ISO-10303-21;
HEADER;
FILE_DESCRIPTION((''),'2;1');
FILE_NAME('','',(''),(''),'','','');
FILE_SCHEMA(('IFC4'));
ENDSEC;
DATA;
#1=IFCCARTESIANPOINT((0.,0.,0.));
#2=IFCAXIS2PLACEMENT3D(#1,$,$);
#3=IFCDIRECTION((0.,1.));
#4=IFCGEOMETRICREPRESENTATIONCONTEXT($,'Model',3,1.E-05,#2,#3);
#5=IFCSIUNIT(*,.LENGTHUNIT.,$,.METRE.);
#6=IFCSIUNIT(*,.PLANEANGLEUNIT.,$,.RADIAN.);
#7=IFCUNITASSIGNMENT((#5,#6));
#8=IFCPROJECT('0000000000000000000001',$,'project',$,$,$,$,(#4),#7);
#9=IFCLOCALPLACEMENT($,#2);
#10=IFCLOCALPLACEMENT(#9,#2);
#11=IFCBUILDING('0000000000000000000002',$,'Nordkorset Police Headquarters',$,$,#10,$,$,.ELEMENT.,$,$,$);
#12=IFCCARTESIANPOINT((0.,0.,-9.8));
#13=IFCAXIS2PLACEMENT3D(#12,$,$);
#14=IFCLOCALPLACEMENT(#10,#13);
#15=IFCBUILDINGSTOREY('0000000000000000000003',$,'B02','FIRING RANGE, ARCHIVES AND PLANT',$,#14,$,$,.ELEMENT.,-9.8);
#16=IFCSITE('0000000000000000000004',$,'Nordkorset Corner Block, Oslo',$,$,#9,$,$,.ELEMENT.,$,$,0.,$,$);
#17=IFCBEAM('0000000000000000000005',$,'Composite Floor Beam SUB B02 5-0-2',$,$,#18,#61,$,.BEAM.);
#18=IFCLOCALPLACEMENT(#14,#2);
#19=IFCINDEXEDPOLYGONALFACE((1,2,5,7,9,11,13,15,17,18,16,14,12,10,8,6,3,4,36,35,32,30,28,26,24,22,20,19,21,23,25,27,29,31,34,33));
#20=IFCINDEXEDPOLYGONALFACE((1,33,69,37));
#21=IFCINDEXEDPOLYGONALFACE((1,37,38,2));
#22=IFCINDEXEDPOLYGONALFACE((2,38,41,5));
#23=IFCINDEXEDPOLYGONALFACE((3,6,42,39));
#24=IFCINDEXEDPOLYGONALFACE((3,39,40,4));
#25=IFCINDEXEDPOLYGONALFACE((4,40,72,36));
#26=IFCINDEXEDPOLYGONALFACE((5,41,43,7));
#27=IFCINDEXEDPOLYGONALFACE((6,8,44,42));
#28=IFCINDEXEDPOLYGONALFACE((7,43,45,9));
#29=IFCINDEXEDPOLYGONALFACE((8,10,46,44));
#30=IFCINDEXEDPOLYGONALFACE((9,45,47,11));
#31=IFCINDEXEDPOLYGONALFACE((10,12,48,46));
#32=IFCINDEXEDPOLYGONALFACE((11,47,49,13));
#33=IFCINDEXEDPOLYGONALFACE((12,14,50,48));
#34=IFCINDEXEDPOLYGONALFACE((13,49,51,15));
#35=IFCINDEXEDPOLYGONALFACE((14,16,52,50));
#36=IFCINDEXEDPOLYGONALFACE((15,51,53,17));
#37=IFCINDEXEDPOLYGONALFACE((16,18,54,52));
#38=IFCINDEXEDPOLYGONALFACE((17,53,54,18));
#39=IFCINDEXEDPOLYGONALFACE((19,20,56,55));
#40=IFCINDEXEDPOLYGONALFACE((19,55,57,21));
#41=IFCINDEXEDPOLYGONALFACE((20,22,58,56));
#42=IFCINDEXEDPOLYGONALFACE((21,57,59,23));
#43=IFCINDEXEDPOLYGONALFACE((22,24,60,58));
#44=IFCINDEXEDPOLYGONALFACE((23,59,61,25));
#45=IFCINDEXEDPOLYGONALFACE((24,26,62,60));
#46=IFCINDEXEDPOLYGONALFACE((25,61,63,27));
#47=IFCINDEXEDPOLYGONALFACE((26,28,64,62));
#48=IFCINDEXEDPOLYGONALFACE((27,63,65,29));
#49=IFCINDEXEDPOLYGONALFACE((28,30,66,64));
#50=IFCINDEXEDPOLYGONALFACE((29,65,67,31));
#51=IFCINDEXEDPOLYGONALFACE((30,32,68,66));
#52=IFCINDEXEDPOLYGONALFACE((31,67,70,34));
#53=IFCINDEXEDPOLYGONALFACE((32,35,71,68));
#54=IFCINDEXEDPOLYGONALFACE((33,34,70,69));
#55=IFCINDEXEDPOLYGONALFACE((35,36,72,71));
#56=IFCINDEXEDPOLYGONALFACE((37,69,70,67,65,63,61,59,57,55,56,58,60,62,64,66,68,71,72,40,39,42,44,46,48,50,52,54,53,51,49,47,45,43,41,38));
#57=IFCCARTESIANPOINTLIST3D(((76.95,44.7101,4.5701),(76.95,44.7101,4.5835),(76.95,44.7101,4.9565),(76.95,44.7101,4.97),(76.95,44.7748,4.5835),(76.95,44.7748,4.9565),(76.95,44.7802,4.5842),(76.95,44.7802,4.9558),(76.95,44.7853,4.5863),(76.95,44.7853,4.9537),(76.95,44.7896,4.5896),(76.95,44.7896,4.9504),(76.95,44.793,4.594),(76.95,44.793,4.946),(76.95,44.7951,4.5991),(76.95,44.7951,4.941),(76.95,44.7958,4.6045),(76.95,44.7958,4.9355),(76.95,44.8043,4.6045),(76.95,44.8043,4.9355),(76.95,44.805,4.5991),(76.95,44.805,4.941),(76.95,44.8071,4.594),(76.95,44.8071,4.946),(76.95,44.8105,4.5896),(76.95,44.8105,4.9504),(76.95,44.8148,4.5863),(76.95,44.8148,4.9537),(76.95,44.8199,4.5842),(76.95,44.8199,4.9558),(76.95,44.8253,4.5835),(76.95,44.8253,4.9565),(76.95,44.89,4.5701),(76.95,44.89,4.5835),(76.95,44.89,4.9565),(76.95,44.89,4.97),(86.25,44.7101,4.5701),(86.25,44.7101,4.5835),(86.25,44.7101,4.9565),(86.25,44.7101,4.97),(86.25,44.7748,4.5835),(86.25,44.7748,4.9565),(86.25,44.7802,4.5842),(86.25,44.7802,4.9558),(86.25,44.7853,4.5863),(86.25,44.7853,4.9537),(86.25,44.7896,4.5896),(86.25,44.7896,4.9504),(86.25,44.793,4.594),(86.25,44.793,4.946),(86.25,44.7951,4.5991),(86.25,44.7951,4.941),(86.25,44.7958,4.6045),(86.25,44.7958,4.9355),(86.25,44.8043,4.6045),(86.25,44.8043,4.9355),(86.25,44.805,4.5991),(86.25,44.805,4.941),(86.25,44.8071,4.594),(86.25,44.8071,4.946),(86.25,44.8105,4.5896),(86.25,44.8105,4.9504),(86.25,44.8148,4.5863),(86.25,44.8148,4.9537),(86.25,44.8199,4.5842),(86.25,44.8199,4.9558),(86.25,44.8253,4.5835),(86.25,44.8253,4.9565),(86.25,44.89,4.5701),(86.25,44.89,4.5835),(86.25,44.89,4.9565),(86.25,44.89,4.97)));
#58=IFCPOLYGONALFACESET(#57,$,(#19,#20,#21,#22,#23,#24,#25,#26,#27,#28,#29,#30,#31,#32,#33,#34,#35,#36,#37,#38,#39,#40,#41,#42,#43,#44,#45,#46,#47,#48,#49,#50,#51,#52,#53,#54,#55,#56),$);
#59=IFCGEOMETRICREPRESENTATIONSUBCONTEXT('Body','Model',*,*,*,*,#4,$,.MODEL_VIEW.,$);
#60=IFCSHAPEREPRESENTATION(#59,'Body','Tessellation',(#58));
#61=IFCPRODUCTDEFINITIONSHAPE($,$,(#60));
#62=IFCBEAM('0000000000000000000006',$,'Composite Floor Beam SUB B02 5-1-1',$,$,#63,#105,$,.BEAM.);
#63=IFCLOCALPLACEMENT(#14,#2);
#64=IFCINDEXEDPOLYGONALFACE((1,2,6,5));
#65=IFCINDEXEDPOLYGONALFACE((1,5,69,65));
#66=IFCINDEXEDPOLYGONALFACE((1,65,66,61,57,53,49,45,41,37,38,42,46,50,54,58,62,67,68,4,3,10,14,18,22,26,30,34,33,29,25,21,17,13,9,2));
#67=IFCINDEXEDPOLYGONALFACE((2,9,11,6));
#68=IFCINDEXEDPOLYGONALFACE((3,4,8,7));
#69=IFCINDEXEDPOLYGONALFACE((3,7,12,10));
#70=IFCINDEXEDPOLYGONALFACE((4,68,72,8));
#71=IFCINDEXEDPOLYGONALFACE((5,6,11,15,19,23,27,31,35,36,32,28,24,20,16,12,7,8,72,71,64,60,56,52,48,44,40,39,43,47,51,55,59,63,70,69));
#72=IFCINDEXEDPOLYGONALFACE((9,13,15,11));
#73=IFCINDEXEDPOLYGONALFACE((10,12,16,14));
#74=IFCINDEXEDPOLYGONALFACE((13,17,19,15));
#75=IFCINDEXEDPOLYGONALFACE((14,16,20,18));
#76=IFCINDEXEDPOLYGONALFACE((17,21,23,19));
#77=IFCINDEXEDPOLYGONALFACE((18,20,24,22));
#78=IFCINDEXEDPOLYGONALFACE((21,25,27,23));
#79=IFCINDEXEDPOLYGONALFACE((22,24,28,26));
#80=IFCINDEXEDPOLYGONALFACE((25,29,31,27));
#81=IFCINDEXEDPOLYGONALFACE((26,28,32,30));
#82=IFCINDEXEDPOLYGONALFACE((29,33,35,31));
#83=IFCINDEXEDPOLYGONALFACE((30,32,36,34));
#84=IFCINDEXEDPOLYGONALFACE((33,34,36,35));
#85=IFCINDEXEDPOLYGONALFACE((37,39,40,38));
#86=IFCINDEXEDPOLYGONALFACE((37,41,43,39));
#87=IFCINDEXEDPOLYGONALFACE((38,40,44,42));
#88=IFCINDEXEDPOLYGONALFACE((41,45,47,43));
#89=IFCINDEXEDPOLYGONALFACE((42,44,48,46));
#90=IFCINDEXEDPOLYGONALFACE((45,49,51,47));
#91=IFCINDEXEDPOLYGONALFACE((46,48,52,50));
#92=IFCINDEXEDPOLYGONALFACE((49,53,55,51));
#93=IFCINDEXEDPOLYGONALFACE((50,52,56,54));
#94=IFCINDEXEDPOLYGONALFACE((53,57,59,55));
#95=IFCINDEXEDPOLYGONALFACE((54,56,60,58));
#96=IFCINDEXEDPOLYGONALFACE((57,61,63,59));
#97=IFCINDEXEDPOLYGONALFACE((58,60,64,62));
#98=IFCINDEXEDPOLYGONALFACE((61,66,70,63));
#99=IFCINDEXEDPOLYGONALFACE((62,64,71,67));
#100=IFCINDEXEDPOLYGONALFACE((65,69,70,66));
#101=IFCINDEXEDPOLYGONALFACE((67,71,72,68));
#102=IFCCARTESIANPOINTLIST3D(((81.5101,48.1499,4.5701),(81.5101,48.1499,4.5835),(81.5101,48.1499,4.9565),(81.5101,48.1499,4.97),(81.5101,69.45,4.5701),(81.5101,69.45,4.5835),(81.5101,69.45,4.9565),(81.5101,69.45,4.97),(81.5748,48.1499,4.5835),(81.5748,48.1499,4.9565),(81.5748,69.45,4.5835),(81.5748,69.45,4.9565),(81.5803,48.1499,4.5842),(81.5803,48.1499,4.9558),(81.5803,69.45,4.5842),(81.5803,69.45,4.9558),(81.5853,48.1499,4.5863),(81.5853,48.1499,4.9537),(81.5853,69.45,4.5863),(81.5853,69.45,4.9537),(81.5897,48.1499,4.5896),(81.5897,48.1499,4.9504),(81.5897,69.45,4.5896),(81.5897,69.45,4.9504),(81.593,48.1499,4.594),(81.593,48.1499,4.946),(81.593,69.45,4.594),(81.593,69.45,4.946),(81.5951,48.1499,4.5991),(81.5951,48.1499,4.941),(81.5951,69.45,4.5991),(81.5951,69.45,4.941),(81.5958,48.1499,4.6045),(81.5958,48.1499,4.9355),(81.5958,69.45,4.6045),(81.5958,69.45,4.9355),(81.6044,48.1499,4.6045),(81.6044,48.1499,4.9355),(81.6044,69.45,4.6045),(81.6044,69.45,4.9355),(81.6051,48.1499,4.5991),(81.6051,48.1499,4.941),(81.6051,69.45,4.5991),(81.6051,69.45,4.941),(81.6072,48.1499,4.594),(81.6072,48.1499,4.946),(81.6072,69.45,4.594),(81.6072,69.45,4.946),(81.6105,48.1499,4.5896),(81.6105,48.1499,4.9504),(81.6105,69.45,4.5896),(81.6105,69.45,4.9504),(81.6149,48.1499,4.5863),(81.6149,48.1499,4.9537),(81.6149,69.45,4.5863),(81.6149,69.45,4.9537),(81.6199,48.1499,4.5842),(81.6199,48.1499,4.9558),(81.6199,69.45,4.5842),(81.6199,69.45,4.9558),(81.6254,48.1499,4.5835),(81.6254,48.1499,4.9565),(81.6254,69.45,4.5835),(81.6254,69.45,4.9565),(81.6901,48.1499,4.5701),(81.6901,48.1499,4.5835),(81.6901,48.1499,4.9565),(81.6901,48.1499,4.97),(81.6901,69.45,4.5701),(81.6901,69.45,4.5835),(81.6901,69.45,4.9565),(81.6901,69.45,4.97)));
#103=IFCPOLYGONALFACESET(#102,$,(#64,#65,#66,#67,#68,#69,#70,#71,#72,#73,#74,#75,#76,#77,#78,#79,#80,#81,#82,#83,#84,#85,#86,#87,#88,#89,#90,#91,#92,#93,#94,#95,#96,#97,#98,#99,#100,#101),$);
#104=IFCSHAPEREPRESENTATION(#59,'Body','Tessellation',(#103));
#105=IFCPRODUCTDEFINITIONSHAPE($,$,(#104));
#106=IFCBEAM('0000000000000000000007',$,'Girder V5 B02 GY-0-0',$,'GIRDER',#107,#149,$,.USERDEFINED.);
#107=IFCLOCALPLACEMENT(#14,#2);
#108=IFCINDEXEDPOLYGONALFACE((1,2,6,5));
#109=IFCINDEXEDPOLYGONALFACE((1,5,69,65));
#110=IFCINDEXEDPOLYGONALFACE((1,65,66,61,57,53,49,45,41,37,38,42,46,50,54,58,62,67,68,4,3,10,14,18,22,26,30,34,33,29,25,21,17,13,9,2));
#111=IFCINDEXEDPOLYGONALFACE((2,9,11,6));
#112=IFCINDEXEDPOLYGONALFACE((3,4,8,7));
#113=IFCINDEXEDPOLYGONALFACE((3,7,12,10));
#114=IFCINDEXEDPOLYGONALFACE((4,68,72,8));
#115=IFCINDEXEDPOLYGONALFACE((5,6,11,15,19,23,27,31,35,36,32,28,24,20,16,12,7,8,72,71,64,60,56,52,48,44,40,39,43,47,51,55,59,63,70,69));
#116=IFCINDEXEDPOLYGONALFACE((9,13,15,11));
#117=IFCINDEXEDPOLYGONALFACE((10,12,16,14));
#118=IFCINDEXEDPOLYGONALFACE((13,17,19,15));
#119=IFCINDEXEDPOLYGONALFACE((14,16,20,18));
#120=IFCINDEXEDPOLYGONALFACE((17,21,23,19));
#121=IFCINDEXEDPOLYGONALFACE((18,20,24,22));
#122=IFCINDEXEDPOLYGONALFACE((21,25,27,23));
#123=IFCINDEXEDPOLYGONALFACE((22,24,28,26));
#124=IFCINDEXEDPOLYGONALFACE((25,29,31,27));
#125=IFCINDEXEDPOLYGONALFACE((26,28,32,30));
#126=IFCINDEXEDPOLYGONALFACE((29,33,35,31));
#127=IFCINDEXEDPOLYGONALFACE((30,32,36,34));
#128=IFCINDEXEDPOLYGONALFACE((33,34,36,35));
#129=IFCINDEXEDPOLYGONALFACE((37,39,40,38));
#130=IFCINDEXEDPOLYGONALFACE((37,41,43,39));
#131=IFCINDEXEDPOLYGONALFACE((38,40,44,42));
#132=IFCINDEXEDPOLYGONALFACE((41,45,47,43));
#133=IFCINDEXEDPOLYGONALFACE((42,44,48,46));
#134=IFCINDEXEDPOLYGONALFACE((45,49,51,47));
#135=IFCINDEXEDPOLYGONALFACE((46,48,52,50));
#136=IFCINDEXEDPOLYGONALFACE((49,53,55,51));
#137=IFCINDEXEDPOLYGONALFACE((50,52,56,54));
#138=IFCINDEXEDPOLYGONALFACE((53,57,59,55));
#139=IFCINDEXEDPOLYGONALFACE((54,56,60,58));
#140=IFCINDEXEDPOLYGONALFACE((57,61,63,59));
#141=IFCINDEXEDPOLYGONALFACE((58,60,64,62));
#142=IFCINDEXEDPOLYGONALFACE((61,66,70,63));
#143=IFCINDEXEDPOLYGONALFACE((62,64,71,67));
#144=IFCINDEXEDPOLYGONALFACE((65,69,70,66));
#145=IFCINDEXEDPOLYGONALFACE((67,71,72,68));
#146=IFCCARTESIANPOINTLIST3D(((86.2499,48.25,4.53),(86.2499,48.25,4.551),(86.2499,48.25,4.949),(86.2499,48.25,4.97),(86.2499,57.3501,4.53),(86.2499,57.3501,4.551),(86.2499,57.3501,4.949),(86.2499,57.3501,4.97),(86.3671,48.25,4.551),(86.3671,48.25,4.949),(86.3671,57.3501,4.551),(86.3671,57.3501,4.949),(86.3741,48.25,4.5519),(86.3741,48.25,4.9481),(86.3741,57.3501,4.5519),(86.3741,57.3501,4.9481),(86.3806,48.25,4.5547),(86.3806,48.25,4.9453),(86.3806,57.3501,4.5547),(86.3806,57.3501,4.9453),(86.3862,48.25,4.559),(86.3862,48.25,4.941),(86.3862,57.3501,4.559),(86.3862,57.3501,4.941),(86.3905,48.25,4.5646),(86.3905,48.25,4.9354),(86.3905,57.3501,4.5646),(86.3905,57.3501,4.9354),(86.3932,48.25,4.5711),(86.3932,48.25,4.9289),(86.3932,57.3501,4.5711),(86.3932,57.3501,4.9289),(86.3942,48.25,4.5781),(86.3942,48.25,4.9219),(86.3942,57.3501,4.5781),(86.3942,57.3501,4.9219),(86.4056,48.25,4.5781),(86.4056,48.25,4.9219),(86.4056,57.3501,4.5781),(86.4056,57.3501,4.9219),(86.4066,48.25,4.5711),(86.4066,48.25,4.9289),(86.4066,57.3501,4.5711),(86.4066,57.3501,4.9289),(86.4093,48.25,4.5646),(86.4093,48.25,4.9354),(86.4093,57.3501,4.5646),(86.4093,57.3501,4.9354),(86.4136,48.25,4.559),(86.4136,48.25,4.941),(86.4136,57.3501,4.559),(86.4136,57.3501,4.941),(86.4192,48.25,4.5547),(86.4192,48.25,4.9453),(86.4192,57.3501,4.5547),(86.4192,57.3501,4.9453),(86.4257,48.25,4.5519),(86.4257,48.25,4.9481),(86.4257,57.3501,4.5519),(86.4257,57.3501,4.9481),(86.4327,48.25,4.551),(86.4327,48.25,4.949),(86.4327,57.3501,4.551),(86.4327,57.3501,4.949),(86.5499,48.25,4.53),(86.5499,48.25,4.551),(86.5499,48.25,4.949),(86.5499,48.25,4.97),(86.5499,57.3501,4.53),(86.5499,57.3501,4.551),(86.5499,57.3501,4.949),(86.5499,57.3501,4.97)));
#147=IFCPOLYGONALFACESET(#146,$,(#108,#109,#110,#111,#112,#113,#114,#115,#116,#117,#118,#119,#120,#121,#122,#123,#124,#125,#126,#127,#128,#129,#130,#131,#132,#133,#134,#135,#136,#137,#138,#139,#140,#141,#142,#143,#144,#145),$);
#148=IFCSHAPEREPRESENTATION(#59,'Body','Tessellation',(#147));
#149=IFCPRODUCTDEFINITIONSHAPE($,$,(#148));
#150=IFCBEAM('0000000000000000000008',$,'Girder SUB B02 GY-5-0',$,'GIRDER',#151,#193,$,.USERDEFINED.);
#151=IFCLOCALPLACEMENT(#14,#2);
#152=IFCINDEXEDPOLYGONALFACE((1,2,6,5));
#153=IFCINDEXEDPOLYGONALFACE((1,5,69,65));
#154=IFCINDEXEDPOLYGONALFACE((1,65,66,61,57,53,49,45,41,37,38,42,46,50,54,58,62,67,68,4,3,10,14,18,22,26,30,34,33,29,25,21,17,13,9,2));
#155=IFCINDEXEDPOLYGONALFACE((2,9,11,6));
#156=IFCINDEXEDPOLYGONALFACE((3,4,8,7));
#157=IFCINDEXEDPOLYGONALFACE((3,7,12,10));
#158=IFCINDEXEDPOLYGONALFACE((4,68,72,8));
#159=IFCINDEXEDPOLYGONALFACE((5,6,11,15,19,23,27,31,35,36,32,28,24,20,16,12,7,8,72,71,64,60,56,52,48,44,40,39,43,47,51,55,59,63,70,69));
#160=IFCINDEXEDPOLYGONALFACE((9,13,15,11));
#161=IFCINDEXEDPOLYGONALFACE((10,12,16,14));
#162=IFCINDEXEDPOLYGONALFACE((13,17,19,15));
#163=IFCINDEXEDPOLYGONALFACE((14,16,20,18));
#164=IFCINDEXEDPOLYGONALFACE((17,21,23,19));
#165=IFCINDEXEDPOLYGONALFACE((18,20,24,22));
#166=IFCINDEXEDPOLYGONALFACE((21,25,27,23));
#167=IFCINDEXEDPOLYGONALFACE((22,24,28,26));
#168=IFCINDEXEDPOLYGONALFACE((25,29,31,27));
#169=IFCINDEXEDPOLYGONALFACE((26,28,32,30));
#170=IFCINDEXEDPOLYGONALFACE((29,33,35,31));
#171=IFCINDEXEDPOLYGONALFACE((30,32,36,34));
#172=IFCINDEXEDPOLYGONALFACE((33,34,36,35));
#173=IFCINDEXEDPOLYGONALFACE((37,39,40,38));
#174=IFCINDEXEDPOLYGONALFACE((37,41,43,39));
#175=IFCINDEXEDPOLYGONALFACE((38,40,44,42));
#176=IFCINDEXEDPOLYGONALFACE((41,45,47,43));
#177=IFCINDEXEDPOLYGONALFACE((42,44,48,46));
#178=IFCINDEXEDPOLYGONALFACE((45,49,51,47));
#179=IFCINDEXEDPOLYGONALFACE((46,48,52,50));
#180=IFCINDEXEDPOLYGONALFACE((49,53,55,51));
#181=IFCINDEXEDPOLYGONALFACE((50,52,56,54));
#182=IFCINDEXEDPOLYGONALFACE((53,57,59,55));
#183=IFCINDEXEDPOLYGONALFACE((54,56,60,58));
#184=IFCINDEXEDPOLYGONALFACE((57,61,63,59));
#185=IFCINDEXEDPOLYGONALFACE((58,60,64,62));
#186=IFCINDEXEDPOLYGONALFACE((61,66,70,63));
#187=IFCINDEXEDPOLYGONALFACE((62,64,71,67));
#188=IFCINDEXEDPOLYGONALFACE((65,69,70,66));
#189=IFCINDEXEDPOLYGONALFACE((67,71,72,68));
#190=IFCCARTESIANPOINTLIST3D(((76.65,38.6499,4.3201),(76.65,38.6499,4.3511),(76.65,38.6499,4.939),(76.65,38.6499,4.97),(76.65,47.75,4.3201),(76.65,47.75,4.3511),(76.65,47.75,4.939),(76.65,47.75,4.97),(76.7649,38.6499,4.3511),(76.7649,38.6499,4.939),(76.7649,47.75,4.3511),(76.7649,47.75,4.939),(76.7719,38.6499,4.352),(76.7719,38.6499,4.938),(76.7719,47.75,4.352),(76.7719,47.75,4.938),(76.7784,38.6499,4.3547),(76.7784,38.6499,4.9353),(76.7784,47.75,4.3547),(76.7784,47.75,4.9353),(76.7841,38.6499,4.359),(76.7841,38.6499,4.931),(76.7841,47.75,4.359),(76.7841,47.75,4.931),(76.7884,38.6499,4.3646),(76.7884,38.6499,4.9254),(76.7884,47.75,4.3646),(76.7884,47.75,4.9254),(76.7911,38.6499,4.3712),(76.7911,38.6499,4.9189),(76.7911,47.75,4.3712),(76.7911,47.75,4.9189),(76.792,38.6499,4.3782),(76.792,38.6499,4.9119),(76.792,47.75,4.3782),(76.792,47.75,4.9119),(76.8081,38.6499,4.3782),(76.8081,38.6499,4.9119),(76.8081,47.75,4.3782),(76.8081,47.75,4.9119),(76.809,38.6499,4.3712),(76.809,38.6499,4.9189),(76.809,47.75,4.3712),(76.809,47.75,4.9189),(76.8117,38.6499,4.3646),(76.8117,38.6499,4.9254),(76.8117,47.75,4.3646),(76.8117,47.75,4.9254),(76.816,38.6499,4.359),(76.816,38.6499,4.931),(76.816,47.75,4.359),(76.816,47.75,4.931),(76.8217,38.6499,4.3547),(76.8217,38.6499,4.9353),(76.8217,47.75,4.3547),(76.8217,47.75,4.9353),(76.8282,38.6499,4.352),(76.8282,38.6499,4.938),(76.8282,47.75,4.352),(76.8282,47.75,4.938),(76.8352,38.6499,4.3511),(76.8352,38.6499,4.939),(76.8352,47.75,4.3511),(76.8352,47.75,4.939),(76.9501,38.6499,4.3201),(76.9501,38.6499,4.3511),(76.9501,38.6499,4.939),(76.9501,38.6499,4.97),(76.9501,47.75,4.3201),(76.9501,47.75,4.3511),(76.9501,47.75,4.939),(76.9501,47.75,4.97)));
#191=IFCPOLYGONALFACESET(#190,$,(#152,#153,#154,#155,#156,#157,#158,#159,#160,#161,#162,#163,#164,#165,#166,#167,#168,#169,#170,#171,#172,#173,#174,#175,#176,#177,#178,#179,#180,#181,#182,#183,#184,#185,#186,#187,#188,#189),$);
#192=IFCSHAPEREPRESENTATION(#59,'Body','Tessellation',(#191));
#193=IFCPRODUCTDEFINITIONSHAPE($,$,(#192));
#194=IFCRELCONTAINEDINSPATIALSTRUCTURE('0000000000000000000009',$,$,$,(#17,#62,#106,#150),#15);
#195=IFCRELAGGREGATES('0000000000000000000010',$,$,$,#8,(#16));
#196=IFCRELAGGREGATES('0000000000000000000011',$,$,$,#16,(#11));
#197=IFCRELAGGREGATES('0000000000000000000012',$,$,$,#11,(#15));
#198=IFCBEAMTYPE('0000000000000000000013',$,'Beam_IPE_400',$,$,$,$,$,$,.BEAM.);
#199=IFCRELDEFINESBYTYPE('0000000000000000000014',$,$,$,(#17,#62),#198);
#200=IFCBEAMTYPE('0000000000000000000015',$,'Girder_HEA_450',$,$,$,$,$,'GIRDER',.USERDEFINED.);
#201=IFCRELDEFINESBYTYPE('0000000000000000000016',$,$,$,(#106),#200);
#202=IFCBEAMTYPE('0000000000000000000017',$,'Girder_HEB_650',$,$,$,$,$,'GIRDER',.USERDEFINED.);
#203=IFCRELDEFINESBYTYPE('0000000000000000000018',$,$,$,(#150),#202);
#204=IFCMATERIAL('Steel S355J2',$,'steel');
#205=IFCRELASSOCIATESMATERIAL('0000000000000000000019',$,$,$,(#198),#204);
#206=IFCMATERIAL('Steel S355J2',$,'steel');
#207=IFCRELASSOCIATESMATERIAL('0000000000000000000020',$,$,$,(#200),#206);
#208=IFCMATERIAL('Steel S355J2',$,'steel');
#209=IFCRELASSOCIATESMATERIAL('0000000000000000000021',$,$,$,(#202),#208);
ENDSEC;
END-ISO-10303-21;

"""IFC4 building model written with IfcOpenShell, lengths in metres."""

from ifc_helpers import new_model, si_unit, direction, frame, origin, origin_2d, place, context, subcontext, project, spatial, i_section, extrude, material, material_profile, profile_set, type_object, element, save


model = new_model("IFC4")

# Units and contexts
model_context = context("Model", 3, precision=1e-05, world=origin(), true_north=direction((0.0, 1.0)))
body_context = subcontext(model_context, "Body", "Model", "MODEL_VIEW")
ifc_project = project(units=[si_unit("LENGTHUNIT", "METRE"), si_unit("PLANEANGLEUNIT", "RADIAN")], contexts=[model_context])

# Site, building, storey
site_placement = place(None, origin())
site = spatial("IfcSite", under=ifc_project, at=site_placement, Name="Nordkorset Corner Block, Oslo", CompositionType="ELEMENT", RefElevation=0.0)
building_placement = place(site_placement, origin())
building = spatial("IfcBuilding", under=site, at=building_placement, Name="Nordkorset Police Headquarters", CompositionType="ELEMENT")
storey_placement = place(building_placement, frame((0.0, 0.0, -9.8)))
storey = spatial("IfcBuildingStorey", under=building, at=storey_placement, Name="B02", Description="FIRING RANGE, ARCHIVES AND PLANT", CompositionType="ELEMENT", Elevation=-9.8)

# Beams
ifc_material_1 = material(Name="Steel S355J2", Category="steel")
ifc_material_profile_1 = material_profile(ifc_material_1, i_section(OverallWidth=0.1799, OverallDepth=0.3999, WebThickness=0.0085, FlangeThickness=0.0134, FilletRadius=0.021, at=origin_2d()), Name="IPE 400")
ifc_profile_set_1 = profile_set([ifc_material_profile_1], Name="Steel S355J2")
beam_type_1 = type_object("IfcBeamType", Name="Beam_IPE_400", PredefinedType="BEAM", material=ifc_profile_set_1)
for number, where, z_axis, x_axis, name in (
    (1, (76.95, 44.8, 4.77), (1.0, 0.0, 0.0), (0.0, 1.0, 0.0), "Composite Floor Beam SUB B02 5-0-2"),
):
    element("IfcBeam", number, at=place(storey_placement, frame(where, z_axis=z_axis, x_axis=x_axis)), inside=storey, type_object=beam_type_1, Name=name, PredefinedType="BEAM", context=body_context, shape_type="SweptSolid", body=[
        extrude(i_section(OverallWidth=0.1799, OverallDepth=0.3999, WebThickness=0.0085, FlangeThickness=0.0134, FilletRadius=0.021, at=origin_2d()), origin(), (0.0, 0.0, 1.0), 9.3),
    ])
beam_1_placement = place(storey_placement, frame((81.6001, 48.1499, 4.77), z_axis=(0.0, 1.0, 0.0), x_axis=(-1.0, 0.0, 0.0)))
element("IfcBeam", 2, at=beam_1_placement, inside=storey, type_object=beam_type_1, Name="Composite Floor Beam SUB B02 5-1-1", PredefinedType="BEAM", context=body_context, shape_type="SweptSolid", body=[
    extrude(i_section(OverallWidth=0.1799, OverallDepth=0.3999, WebThickness=0.0085, FlangeThickness=0.0134, FilletRadius=0.021, at=origin_2d()), origin(), (0.0, 0.0, 1.0), 21.3),
])
ifc_material_2 = material(Name="Steel S355J2", Category="steel")
ifc_material_profile_2 = material_profile(ifc_material_2, i_section(OverallWidth=0.3, OverallDepth=0.4399, WebThickness=0.0115, FlangeThickness=0.021, FilletRadius=0.0271, at=origin_2d()), Name="HEA 450")
ifc_profile_set_2 = profile_set([ifc_material_profile_2], Name="Steel S355J2")
beam_type_2 = type_object("IfcBeamType", Name="Girder_HEA_450", ElementType="GIRDER", PredefinedType="USERDEFINED", material=ifc_profile_set_2)
beam_2_placement = place(storey_placement, frame((86.3999, 48.25, 4.75), z_axis=(0.0, 1.0, 0.0), x_axis=(-1.0, 0.0, 0.0)))
element("IfcBeam", 3, at=beam_2_placement, inside=storey, type_object=beam_type_2, Name="Girder V5 B02 GY-0-0", ObjectType="GIRDER", PredefinedType="USERDEFINED", context=body_context, shape_type="SweptSolid", body=[
    extrude(i_section(OverallWidth=0.3, OverallDepth=0.4399, WebThickness=0.0115, FlangeThickness=0.021, FilletRadius=0.0271, at=origin_2d()), origin(), (0.0, 0.0, 1.0), 9.1001),
])
ifc_material_3 = material(Name="Steel S355J2", Category="steel")
ifc_material_profile_3 = material_profile(ifc_material_3, i_section(OverallWidth=0.3, OverallDepth=0.6499, WebThickness=0.0161, FlangeThickness=0.031, FilletRadius=0.0271, at=origin_2d()), Name="HEB 650")
ifc_profile_set_3 = profile_set([ifc_material_profile_3], Name="Steel S355J2")
beam_type_3 = type_object("IfcBeamType", Name="Girder_HEB_650", ElementType="GIRDER", PredefinedType="USERDEFINED", material=ifc_profile_set_3)
beam_3_placement = place(storey_placement, frame((76.8, 38.6499, 4.645), z_axis=(0.0, 1.0, 0.0), x_axis=(-1.0, 0.0, 0.0)))
element("IfcBeam", 4, at=beam_3_placement, inside=storey, type_object=beam_type_3, Name="Girder SUB B02 GY-5-0", ObjectType="GIRDER", PredefinedType="USERDEFINED", context=body_context, shape_type="SweptSolid", body=[
    extrude(i_section(OverallWidth=0.3, OverallDepth=0.6499, WebThickness=0.0161, FlangeThickness=0.031, FilletRadius=0.0271, at=origin_2d()), origin(), (0.0, 0.0, 1.0), 9.1001),
])

save(model, "model.ifc")
